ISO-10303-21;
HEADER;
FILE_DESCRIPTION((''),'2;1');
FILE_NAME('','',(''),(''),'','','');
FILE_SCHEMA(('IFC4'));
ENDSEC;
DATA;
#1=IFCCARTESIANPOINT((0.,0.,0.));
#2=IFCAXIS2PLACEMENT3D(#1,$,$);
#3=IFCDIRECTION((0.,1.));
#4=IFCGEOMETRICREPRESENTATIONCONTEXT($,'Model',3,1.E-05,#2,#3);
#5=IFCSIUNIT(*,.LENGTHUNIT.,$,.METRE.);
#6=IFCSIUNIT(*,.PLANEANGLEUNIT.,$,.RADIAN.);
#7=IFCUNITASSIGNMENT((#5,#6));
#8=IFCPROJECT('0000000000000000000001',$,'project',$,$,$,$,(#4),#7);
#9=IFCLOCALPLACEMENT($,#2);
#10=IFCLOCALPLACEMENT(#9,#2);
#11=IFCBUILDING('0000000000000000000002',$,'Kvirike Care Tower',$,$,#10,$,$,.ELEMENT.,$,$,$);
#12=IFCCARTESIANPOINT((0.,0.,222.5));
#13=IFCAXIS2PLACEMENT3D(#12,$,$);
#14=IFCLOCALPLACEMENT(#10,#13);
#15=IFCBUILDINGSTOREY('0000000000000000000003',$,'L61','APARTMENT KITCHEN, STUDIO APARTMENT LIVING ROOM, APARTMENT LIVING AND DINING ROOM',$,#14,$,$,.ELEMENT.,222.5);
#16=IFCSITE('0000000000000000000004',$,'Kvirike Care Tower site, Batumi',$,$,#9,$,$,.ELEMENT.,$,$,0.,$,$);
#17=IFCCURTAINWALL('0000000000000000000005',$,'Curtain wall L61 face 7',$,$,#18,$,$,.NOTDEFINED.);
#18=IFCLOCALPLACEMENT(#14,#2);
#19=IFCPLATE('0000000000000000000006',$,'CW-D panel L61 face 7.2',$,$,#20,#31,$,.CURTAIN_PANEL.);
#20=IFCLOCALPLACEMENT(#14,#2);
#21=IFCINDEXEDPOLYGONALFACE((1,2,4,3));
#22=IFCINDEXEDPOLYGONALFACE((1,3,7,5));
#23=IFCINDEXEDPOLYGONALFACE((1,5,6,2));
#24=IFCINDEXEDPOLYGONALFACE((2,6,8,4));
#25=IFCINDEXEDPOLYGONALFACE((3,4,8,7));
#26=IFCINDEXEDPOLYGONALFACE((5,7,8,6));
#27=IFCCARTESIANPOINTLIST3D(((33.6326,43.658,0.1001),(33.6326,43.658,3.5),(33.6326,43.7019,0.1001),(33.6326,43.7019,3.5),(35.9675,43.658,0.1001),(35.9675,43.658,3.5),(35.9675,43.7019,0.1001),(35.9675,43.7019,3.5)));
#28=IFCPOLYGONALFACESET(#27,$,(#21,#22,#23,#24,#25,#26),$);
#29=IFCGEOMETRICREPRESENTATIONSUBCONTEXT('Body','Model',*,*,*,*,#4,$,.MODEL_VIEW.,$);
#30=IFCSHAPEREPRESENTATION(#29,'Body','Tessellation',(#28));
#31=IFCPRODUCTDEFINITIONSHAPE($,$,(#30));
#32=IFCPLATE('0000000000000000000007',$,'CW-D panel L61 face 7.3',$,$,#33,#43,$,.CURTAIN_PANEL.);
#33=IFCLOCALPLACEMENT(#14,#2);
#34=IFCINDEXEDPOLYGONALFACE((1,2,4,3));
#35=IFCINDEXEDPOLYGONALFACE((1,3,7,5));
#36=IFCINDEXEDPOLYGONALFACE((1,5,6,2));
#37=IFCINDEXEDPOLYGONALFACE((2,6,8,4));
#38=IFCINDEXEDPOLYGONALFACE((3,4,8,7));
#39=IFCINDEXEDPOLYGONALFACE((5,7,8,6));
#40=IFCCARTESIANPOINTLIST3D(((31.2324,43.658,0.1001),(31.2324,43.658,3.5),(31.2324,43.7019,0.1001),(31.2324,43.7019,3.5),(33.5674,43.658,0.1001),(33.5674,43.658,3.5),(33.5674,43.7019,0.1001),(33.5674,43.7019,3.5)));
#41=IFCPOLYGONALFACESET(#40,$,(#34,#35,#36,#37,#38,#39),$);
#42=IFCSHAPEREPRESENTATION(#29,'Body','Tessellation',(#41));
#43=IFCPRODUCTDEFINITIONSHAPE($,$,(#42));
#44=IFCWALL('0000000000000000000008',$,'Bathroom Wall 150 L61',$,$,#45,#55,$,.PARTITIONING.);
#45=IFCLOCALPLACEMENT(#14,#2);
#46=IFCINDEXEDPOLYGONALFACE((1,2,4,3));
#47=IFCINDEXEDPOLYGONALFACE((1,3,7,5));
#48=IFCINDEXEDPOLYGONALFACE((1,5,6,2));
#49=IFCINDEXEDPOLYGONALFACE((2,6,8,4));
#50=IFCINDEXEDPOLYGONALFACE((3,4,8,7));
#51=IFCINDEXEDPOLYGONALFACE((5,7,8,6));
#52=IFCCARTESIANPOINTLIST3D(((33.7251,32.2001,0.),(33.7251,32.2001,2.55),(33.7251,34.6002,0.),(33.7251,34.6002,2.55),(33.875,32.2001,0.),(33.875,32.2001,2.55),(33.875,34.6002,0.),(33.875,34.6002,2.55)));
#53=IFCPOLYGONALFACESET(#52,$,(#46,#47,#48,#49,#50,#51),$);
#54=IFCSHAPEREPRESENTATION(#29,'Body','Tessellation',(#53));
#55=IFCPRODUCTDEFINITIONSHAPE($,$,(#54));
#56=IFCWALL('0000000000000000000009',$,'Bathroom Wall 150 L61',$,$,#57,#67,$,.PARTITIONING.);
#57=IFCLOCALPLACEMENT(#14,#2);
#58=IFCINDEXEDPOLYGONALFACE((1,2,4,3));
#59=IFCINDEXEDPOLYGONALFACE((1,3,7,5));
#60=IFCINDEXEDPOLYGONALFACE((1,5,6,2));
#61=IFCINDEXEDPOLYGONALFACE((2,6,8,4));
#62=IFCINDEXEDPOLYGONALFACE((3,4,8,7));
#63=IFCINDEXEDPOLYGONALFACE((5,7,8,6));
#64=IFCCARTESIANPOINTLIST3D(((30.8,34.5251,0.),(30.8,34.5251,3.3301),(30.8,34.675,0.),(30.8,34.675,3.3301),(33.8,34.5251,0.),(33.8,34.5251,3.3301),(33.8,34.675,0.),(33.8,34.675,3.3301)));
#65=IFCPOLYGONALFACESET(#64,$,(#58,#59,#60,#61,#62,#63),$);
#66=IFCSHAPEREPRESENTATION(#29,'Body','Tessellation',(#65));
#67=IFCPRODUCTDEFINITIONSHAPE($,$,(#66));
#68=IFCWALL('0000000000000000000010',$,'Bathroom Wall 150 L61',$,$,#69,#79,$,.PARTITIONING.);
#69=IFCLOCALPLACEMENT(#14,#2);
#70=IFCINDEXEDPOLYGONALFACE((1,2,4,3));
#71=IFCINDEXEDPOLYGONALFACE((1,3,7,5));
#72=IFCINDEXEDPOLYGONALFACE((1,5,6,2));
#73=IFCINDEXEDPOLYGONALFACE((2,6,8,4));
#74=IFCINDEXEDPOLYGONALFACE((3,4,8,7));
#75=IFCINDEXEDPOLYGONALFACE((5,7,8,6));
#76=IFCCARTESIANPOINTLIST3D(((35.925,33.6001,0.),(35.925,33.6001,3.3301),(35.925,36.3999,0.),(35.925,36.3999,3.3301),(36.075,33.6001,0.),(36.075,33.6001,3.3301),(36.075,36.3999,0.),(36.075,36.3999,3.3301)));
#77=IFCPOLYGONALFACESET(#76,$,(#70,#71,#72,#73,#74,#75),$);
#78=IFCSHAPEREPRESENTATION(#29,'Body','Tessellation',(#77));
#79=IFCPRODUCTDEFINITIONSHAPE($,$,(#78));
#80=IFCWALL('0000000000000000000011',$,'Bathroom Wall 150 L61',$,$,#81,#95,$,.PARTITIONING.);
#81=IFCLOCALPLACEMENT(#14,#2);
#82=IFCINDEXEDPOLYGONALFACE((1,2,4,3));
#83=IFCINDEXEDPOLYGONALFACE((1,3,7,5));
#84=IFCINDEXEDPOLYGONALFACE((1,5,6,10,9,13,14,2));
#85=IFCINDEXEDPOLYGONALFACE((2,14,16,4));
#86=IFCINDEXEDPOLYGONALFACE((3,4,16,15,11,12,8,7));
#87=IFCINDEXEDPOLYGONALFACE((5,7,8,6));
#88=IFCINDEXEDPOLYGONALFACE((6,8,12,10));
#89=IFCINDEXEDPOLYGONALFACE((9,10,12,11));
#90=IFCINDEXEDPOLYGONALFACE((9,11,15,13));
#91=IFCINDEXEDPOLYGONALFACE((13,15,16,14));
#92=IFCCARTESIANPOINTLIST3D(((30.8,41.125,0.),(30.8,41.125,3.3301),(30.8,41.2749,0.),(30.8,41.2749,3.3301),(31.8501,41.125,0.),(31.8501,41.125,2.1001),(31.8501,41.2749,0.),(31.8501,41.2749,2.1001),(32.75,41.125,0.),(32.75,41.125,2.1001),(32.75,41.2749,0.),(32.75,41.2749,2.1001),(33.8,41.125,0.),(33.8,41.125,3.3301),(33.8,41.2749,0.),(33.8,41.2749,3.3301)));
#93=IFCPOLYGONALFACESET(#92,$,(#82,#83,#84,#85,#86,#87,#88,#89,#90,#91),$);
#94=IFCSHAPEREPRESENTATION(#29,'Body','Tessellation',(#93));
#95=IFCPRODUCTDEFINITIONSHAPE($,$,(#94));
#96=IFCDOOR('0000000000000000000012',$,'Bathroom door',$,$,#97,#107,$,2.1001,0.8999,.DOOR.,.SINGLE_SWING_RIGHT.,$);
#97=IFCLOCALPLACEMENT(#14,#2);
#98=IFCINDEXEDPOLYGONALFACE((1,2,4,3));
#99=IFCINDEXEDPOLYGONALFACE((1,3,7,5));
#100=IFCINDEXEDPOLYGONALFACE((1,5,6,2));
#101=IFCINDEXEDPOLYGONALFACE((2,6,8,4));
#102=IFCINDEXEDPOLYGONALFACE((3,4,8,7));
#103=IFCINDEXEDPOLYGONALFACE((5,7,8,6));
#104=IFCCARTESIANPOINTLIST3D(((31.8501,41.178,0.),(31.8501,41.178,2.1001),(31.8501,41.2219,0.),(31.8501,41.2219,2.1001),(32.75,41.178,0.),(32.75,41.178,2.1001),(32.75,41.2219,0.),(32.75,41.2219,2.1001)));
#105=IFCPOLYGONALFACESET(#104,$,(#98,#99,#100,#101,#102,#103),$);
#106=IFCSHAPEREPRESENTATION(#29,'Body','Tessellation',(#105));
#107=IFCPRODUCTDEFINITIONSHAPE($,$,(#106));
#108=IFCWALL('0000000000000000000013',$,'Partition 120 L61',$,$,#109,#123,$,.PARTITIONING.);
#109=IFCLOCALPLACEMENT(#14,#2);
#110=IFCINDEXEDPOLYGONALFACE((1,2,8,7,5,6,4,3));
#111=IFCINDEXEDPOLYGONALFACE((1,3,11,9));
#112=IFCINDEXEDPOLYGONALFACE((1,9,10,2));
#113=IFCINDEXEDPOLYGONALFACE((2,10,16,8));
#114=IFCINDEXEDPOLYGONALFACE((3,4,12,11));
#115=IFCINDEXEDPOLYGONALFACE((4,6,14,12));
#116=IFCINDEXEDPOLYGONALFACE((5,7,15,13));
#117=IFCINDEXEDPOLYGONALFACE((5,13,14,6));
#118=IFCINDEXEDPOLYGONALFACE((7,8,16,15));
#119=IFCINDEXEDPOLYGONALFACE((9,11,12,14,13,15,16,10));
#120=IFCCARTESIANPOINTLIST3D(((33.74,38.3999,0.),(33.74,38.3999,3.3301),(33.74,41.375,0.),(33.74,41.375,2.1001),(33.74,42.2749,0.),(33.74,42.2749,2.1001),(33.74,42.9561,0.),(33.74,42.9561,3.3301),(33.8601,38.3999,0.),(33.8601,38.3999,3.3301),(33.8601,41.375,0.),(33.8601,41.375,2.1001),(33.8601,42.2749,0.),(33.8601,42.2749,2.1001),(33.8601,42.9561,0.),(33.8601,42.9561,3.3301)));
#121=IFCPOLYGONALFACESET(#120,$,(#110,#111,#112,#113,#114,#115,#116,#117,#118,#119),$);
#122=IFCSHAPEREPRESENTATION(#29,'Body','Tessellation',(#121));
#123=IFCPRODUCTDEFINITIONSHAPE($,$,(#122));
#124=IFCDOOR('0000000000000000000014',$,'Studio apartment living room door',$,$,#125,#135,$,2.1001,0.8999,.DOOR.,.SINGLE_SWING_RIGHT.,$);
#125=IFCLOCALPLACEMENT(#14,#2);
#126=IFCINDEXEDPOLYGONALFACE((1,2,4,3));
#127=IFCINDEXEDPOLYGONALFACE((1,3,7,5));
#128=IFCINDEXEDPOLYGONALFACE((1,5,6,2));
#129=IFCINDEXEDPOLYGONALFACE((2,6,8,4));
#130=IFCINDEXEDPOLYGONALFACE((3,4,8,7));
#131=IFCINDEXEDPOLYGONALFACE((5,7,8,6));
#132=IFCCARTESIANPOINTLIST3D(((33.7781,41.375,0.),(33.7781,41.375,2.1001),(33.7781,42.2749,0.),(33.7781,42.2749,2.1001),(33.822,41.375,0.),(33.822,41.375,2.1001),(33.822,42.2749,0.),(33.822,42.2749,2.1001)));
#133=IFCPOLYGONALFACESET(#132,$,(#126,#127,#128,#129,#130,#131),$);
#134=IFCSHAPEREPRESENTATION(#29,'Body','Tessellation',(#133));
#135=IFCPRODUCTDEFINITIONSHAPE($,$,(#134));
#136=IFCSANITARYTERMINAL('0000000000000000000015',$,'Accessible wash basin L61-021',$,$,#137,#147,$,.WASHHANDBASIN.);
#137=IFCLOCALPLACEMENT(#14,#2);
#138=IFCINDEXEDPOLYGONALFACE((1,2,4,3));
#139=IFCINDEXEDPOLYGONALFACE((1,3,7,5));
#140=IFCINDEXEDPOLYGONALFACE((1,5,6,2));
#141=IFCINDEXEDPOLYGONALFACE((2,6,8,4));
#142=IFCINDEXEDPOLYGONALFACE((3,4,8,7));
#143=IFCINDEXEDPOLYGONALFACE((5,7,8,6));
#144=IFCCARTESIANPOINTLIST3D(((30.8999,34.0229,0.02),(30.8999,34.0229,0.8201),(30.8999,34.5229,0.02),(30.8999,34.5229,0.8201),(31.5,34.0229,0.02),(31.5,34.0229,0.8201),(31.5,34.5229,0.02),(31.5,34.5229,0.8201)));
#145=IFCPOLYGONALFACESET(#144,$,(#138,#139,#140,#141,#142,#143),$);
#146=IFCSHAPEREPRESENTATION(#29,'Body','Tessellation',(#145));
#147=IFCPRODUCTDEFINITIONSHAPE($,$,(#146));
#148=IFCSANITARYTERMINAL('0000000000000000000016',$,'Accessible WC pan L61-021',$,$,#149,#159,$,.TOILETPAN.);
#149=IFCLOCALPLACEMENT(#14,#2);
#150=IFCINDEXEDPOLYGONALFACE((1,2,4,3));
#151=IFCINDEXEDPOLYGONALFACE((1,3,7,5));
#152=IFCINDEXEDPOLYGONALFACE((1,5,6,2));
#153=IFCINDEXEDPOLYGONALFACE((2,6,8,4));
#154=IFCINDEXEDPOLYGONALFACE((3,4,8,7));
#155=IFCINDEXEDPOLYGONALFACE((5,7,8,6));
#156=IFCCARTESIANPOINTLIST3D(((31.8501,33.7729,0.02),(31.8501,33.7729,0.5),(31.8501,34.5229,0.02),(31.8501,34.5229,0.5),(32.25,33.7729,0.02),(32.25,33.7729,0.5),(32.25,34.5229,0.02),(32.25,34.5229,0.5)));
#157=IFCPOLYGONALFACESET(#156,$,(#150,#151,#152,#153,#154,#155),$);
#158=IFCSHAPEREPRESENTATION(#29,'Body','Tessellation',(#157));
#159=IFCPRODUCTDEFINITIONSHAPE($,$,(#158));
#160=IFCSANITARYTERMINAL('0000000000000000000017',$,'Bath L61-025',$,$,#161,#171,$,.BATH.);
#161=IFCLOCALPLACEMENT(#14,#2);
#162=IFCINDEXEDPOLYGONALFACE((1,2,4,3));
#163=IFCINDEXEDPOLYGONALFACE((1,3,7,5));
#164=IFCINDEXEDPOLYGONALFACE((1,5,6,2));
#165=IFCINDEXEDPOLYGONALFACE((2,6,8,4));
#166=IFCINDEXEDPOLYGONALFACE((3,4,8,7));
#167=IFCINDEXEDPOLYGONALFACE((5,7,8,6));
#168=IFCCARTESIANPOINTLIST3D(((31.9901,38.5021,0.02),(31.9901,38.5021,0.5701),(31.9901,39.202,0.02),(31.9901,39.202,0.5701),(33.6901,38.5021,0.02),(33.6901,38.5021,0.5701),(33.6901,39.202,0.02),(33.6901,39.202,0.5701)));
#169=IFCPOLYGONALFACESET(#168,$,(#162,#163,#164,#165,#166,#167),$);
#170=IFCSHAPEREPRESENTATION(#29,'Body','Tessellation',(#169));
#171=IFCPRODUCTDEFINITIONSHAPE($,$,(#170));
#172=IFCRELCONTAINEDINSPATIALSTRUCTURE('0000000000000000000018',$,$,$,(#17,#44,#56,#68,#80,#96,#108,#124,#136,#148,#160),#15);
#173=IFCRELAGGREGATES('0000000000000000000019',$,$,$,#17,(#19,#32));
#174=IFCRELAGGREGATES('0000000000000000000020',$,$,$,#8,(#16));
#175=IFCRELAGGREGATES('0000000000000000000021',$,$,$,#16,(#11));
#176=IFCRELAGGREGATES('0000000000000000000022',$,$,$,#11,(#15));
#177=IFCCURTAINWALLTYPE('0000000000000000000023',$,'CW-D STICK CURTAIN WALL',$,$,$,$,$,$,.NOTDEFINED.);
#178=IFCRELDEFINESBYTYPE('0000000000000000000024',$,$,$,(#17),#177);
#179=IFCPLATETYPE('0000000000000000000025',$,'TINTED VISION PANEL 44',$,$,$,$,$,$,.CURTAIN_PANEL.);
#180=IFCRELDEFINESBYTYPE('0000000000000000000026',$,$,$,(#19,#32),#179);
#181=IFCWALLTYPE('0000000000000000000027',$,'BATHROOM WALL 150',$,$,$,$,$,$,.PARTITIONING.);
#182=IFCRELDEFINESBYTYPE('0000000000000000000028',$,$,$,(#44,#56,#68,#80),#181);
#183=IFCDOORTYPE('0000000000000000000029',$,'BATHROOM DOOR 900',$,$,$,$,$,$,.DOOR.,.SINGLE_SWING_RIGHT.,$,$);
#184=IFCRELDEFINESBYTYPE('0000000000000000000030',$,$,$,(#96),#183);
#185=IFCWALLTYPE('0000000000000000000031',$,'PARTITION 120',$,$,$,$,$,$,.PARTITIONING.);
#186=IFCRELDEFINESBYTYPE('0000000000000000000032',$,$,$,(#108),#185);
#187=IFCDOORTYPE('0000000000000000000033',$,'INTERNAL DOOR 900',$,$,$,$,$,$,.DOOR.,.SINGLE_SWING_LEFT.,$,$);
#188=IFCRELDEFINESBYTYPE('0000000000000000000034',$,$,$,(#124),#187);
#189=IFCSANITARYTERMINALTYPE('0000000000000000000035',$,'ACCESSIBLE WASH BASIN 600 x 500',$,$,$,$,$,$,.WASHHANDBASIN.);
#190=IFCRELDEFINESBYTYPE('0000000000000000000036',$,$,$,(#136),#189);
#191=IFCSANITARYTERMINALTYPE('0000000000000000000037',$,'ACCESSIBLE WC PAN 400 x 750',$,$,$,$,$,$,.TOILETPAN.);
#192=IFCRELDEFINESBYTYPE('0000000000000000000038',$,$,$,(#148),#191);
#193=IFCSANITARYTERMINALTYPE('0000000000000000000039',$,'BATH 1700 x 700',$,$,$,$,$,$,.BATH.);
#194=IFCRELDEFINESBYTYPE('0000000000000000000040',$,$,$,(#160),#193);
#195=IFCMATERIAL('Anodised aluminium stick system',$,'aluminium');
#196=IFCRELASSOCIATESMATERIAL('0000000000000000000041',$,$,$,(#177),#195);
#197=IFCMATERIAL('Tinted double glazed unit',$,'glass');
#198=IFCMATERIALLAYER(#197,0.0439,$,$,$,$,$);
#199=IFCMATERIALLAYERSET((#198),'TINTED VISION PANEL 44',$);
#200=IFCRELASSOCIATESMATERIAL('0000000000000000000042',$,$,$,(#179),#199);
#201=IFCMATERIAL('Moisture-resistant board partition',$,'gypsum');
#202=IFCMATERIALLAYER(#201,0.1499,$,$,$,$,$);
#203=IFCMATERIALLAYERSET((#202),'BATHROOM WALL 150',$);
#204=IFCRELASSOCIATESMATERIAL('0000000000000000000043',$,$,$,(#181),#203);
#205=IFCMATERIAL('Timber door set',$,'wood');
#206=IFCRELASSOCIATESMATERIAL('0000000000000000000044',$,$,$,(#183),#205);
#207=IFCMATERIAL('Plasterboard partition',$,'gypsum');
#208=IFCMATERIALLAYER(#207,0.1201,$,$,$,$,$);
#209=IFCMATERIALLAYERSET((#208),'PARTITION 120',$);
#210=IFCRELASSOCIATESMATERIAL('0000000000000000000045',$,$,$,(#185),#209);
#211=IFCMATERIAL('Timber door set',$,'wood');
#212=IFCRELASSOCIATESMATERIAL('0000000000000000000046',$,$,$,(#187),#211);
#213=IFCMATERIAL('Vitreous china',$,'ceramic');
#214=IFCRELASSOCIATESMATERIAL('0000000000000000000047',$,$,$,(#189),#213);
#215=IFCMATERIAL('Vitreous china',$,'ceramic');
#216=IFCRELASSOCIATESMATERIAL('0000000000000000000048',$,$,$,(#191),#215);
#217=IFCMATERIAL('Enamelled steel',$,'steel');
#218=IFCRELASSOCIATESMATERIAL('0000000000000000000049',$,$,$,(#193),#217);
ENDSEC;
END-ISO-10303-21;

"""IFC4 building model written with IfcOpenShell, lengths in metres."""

from ifc_helpers import new_model, si_unit, direction, frame, frame_2d, origin, origin_2d, place, context, subcontext, project, spatial, rectangle, extrude, material, layer, layer_set, type_object, element, fill, aggregate, save


model = new_model("IFC4")

# Units and contexts
model_context = context("Model", 3, precision=1e-05, world=origin(), true_north=direction((0.0, 1.0)))
body_context = subcontext(model_context, "Body", "Model", "MODEL_VIEW")
ifc_project = project(units=[si_unit("LENGTHUNIT", "METRE"), si_unit("PLANEANGLEUNIT", "RADIAN")], contexts=[model_context])

# Site, building, storey
site_placement = place(None, origin())
site = spatial("IfcSite", under=ifc_project, at=site_placement, Name="Kvirike Care Tower site, Batumi", CompositionType="ELEMENT", RefElevation=0.0)
building_placement = place(site_placement, origin())
building = spatial("IfcBuilding", under=site, at=building_placement, Name="Kvirike Care Tower", CompositionType="ELEMENT")
storey_placement = place(building_placement, frame((0.0, 0.0, 222.5)))
storey = spatial("IfcBuildingStorey", under=building, at=storey_placement, Name="L61", Description="APARTMENT KITCHEN, STUDIO APARTMENT LIVING ROOM, APARTMENT LIVING AND DINING ROOM", CompositionType="ELEMENT", Elevation=222.5)

# Curtain wall
ifc_material_1 = material(Name="Anodised aluminium stick system", Category="aluminium")
curtain_wall_type = type_object("IfcCurtainWallType", Name="CW-D STICK CURTAIN WALL", PredefinedType="NOTDEFINED", material=ifc_material_1)
curtain_wall_placement = place(storey_placement, origin())
curtain_wall = element("IfcCurtainWall", 1, at=curtain_wall_placement, inside=storey, type_object=curtain_wall_type, Name="Curtain wall L61 face 7", PredefinedType="NOTDEFINED")

# Plates
ifc_material_2 = material(Name="Tinted double glazed unit", Category="glass")
ifc_layer_1 = layer(ifc_material_2, 0.0439)
ifc_layer_set_1 = layer_set([ifc_layer_1], Name="TINTED VISION PANEL 44")
plate_type = type_object("IfcPlateType", Name="TINTED VISION PANEL 44", PredefinedType="CURTAIN_PANEL", material=ifc_layer_set_1)
plate_1_placement = place(storey_placement, frame((34.8, 43.6799, 0.1001), z_axis=(0.0, 0.0, 1.0), x_axis=(-1.0, 0.0, 0.0)))
plate_1 = element("IfcPlate", 2, at=plate_1_placement, type_object=plate_type, Name="CW-D panel L61 face 7.2", PredefinedType="CURTAIN_PANEL", context=body_context, shape_type="SweptSolid", body=[
    extrude(rectangle(XDim=2.335, YDim=0.0439, at=origin_2d()), origin(), (0.0, 0.0, 1.0), 3.3999),
])
plate_2_placement = place(storey_placement, frame((32.3999, 43.6799, 0.1001), z_axis=(0.0, 0.0, 1.0), x_axis=(-1.0, 0.0, 0.0)))
plate_2 = element("IfcPlate", 3, at=plate_2_placement, type_object=plate_type, Name="CW-D panel L61 face 7.3", PredefinedType="CURTAIN_PANEL", context=body_context, shape_type="SweptSolid", body=[
    extrude(rectangle(XDim=2.335, YDim=0.0439, at=origin_2d()), origin(), (0.0, 0.0, 1.0), 3.3999),
])
aggregate(curtain_wall, [plate_1, plate_2])

# Walls
ifc_material_3 = material(Name="Moisture-resistant board partition", Category="gypsum")
ifc_layer_2 = layer(ifc_material_3, 0.1499)
ifc_layer_set_2 = layer_set([ifc_layer_2], Name="BATHROOM WALL 150")
wall_type_1 = type_object("IfcWallType", Name="BATHROOM WALL 150", PredefinedType="PARTITIONING", material=ifc_layer_set_2)
wall_1_placement = place(storey_placement, frame((33.8, 32.2, 0.0), z_axis=(0.0, 0.0, 1.0), x_axis=(0.0, 1.0, 0.0)))
element("IfcWall", 4, at=wall_1_placement, inside=storey, type_object=wall_type_1, Name="Bathroom Wall 150 L61", PredefinedType="PARTITIONING", context=body_context, shape_type="SweptSolid", body=[
    extrude(rectangle(XDim=2.4001, YDim=0.1499, at=frame_2d((1.2002, 0.0))), origin(), (0.0, 0.0, 1.0), 2.55),
])
wall_2_placement = place(storey_placement, frame((33.8, 34.6001, 0.0), z_axis=(0.0, 0.0, 1.0), x_axis=(-1.0, 0.0, 0.0)))
element("IfcWall", 5, at=wall_2_placement, inside=storey, type_object=wall_type_1, Name="Bathroom Wall 150 L61", PredefinedType="PARTITIONING", context=body_context, shape_type="SweptSolid", body=[
    extrude(rectangle(XDim=3.0, YDim=0.1499, at=frame_2d((1.5, 0.0))), origin(), (0.0, 0.0, 1.0), 3.3301),
])
wall_3_placement = place(storey_placement, frame((36.0, 33.6001, 0.0), z_axis=(0.0, 0.0, 1.0), x_axis=(0.0, 1.0, 0.0)))
element("IfcWall", 6, at=wall_3_placement, inside=storey, type_object=wall_type_1, Name="Bathroom Wall 150 L61", PredefinedType="PARTITIONING", context=body_context, shape_type="SweptSolid", body=[
    extrude(rectangle(XDim=2.7998, YDim=0.1499, at=frame_2d((1.3999, 0.0))), origin(), (0.0, 0.0, 1.0), 3.3301),
])

# Walls, openings, doors
wall_4_placement = place(storey_placement, frame((33.8, 41.2, 0.0), z_axis=(0.0, 0.0, 1.0), x_axis=(-1.0, 0.0, 0.0)))
wall_4 = element("IfcWall", 7, at=wall_4_placement, inside=storey, type_object=wall_type_1, Name="Bathroom Wall 150 L61", PredefinedType="PARTITIONING", context=body_context, shape_type="SweptSolid", body=[
    extrude(rectangle(XDim=3.0, YDim=0.1499, at=frame_2d((1.5, 0.0))), origin(), (0.0, 0.0, 1.0), 3.3301),
])
opening_1_placement = place(wall_4_placement, frame((1.05, 0.0, 0.0)))
opening_1 = element("IfcOpeningElement", 8, at=opening_1_placement, cuts=wall_4, PredefinedType="OPENING", context=body_context, shape_type="SweptSolid", body=[
    extrude(rectangle(XDim=0.8999, YDim=2.1001, at=frame_2d((0.45, 1.05))), frame((0.0, 0.0854, 0.0), z_axis=(0.0, -1.0, 0.0), x_axis=(1.0, 0.0, 0.0)), (0.0, 0.0, 1.0), 0.1709),
])
ifc_material_4 = material(Name="Timber door set", Category="wood")
door_type_1 = type_object("IfcDoorType", Name="BATHROOM DOOR 900", OperationType="SINGLE_SWING_RIGHT", PredefinedType="DOOR", material=ifc_material_4)
door_1_placement = place(opening_1_placement, frame((0.8999, 0.0, 0.0), z_axis=(0.0, 0.0, 1.0), x_axis=(-1.0, 0.0, 0.0)))
door_1 = element("IfcDoor", 9, at=door_1_placement, inside=storey, type_object=door_type_1, Name="Bathroom door", OperationType="SINGLE_SWING_RIGHT", OverallHeight=2.1001, OverallWidth=0.8999, PredefinedType="DOOR", context=body_context, shape_type="SweptSolid", body=[
    extrude(rectangle(XDim=0.8999, YDim=2.1001, at=frame_2d((0.45, 1.05))), frame((0.0, 0.022, 0.0), z_axis=(0.0, -1.0, 0.0), x_axis=(1.0, 0.0, 0.0)), (0.0, 0.0, 1.0), 0.0439),
])
fill(opening_1, door_1)
ifc_material_5 = material(Name="Plasterboard partition", Category="gypsum")
ifc_layer_3 = layer(ifc_material_5, 0.1201)
ifc_layer_set_3 = layer_set([ifc_layer_3], Name="PARTITION 120")
wall_type_2 = type_object("IfcWallType", Name="PARTITION 120", PredefinedType="PARTITIONING", material=ifc_layer_set_3)
wall_5_placement = place(storey_placement, frame((33.8, 38.3999, 0.0), z_axis=(0.0, 0.0, 1.0), x_axis=(0.0, 1.0, 0.0)))
wall_5 = element("IfcWall", 10, at=wall_5_placement, inside=storey, type_object=wall_type_2, Name="Partition 120 L61", PredefinedType="PARTITIONING", context=body_context, shape_type="SweptSolid", body=[
    extrude(rectangle(XDim=4.5562, YDim=0.1201, at=frame_2d((2.2781, 0.0))), origin(), (0.0, 0.0, 1.0), 3.3301),
])
opening_2_placement = place(wall_5_placement, frame((2.9751, 0.0, 0.0)))
opening_2 = element("IfcOpeningElement", 11, at=opening_2_placement, cuts=wall_5, PredefinedType="OPENING", context=body_context, shape_type="SweptSolid", body=[
    extrude(rectangle(XDim=0.8999, YDim=2.1001, at=frame_2d((0.45, 1.05))), frame((0.0, 0.0706, 0.0), z_axis=(0.0, -1.0, 0.0), x_axis=(1.0, 0.0, 0.0)), (0.0, 0.0, 1.0), 0.1411),
])
ifc_material_6 = material(Name="Timber door set", Category="wood")
door_type_2 = type_object("IfcDoorType", Name="INTERNAL DOOR 900", OperationType="SINGLE_SWING_LEFT", PredefinedType="DOOR", material=ifc_material_6)
door_2_placement = place(opening_2_placement, origin())
door_2 = element("IfcDoor", 12, at=door_2_placement, inside=storey, type_object=door_type_2, Name="Studio apartment living room door", OperationType="SINGLE_SWING_RIGHT", OverallHeight=2.1001, OverallWidth=0.8999, PredefinedType="DOOR", context=body_context, shape_type="SweptSolid", body=[
    extrude(rectangle(XDim=0.8999, YDim=2.1001, at=frame_2d((0.45, 1.05))), frame((0.0, 0.022, 0.0), z_axis=(0.0, -1.0, 0.0), x_axis=(1.0, 0.0, 0.0)), (0.0, 0.0, 1.0), 0.0439),
])
fill(opening_2, door_2)

# Sanitary terminals
ifc_material_7 = material(Name="Vitreous china", Category="ceramic")
sanitary_terminal_type_1 = type_object("IfcSanitaryTerminalType", Name="ACCESSIBLE WASH BASIN 600 x 500", PredefinedType="WASHHANDBASIN", material=ifc_material_7)
sanitary_terminal_1_placement = place(storey_placement, frame((31.2, 34.2729, 0.02), z_axis=(0.0, 0.0, 1.0), x_axis=(1.0, 0.0, 0.0)))
element("IfcSanitaryTerminal", 13, at=sanitary_terminal_1_placement, inside=storey, type_object=sanitary_terminal_type_1, Name="Accessible wash basin L61-021", PredefinedType="WASHHANDBASIN", context=body_context, shape_type="SweptSolid", body=[
    extrude(rectangle(XDim=0.6001, YDim=0.5, at=origin_2d()), origin(), (0.0, 0.0, 1.0), 0.8),
])
ifc_material_8 = material(Name="Vitreous china", Category="ceramic")
sanitary_terminal_type_2 = type_object("IfcSanitaryTerminalType", Name="ACCESSIBLE WC PAN 400 x 750", PredefinedType="TOILETPAN", material=ifc_material_8)
sanitary_terminal_2_placement = place(storey_placement, frame((32.05, 34.1479, 0.02), z_axis=(0.0, 0.0, 1.0), x_axis=(1.0, 0.0, 0.0)))
element("IfcSanitaryTerminal", 14, at=sanitary_terminal_2_placement, inside=storey, type_object=sanitary_terminal_type_2, Name="Accessible WC pan L61-021", PredefinedType="TOILETPAN", context=body_context, shape_type="SweptSolid", body=[
    extrude(rectangle(XDim=0.3999, YDim=0.75, at=origin_2d()), origin(), (0.0, 0.0, 1.0), 0.48),
])
ifc_material_9 = material(Name="Enamelled steel", Category="steel")
sanitary_terminal_type_3 = type_object("IfcSanitaryTerminalType", Name="BATH 1700 x 700", PredefinedType="BATH", material=ifc_material_9)
sanitary_terminal_3_placement = place(storey_placement, frame((32.8401, 38.8521, 0.02), z_axis=(0.0, 0.0, 1.0), x_axis=(-1.0, 0.0, 0.0)))
element("IfcSanitaryTerminal", 15, at=sanitary_terminal_3_placement, inside=storey, type_object=sanitary_terminal_type_3, Name="Bath L61-025", PredefinedType="BATH", context=body_context, shape_type="SweptSolid", body=[
    extrude(rectangle(XDim=1.7, YDim=0.7, at=origin_2d()), origin(), (0.0, 0.0, 1.0), 0.55),
])

save(model, "model.ifc")
